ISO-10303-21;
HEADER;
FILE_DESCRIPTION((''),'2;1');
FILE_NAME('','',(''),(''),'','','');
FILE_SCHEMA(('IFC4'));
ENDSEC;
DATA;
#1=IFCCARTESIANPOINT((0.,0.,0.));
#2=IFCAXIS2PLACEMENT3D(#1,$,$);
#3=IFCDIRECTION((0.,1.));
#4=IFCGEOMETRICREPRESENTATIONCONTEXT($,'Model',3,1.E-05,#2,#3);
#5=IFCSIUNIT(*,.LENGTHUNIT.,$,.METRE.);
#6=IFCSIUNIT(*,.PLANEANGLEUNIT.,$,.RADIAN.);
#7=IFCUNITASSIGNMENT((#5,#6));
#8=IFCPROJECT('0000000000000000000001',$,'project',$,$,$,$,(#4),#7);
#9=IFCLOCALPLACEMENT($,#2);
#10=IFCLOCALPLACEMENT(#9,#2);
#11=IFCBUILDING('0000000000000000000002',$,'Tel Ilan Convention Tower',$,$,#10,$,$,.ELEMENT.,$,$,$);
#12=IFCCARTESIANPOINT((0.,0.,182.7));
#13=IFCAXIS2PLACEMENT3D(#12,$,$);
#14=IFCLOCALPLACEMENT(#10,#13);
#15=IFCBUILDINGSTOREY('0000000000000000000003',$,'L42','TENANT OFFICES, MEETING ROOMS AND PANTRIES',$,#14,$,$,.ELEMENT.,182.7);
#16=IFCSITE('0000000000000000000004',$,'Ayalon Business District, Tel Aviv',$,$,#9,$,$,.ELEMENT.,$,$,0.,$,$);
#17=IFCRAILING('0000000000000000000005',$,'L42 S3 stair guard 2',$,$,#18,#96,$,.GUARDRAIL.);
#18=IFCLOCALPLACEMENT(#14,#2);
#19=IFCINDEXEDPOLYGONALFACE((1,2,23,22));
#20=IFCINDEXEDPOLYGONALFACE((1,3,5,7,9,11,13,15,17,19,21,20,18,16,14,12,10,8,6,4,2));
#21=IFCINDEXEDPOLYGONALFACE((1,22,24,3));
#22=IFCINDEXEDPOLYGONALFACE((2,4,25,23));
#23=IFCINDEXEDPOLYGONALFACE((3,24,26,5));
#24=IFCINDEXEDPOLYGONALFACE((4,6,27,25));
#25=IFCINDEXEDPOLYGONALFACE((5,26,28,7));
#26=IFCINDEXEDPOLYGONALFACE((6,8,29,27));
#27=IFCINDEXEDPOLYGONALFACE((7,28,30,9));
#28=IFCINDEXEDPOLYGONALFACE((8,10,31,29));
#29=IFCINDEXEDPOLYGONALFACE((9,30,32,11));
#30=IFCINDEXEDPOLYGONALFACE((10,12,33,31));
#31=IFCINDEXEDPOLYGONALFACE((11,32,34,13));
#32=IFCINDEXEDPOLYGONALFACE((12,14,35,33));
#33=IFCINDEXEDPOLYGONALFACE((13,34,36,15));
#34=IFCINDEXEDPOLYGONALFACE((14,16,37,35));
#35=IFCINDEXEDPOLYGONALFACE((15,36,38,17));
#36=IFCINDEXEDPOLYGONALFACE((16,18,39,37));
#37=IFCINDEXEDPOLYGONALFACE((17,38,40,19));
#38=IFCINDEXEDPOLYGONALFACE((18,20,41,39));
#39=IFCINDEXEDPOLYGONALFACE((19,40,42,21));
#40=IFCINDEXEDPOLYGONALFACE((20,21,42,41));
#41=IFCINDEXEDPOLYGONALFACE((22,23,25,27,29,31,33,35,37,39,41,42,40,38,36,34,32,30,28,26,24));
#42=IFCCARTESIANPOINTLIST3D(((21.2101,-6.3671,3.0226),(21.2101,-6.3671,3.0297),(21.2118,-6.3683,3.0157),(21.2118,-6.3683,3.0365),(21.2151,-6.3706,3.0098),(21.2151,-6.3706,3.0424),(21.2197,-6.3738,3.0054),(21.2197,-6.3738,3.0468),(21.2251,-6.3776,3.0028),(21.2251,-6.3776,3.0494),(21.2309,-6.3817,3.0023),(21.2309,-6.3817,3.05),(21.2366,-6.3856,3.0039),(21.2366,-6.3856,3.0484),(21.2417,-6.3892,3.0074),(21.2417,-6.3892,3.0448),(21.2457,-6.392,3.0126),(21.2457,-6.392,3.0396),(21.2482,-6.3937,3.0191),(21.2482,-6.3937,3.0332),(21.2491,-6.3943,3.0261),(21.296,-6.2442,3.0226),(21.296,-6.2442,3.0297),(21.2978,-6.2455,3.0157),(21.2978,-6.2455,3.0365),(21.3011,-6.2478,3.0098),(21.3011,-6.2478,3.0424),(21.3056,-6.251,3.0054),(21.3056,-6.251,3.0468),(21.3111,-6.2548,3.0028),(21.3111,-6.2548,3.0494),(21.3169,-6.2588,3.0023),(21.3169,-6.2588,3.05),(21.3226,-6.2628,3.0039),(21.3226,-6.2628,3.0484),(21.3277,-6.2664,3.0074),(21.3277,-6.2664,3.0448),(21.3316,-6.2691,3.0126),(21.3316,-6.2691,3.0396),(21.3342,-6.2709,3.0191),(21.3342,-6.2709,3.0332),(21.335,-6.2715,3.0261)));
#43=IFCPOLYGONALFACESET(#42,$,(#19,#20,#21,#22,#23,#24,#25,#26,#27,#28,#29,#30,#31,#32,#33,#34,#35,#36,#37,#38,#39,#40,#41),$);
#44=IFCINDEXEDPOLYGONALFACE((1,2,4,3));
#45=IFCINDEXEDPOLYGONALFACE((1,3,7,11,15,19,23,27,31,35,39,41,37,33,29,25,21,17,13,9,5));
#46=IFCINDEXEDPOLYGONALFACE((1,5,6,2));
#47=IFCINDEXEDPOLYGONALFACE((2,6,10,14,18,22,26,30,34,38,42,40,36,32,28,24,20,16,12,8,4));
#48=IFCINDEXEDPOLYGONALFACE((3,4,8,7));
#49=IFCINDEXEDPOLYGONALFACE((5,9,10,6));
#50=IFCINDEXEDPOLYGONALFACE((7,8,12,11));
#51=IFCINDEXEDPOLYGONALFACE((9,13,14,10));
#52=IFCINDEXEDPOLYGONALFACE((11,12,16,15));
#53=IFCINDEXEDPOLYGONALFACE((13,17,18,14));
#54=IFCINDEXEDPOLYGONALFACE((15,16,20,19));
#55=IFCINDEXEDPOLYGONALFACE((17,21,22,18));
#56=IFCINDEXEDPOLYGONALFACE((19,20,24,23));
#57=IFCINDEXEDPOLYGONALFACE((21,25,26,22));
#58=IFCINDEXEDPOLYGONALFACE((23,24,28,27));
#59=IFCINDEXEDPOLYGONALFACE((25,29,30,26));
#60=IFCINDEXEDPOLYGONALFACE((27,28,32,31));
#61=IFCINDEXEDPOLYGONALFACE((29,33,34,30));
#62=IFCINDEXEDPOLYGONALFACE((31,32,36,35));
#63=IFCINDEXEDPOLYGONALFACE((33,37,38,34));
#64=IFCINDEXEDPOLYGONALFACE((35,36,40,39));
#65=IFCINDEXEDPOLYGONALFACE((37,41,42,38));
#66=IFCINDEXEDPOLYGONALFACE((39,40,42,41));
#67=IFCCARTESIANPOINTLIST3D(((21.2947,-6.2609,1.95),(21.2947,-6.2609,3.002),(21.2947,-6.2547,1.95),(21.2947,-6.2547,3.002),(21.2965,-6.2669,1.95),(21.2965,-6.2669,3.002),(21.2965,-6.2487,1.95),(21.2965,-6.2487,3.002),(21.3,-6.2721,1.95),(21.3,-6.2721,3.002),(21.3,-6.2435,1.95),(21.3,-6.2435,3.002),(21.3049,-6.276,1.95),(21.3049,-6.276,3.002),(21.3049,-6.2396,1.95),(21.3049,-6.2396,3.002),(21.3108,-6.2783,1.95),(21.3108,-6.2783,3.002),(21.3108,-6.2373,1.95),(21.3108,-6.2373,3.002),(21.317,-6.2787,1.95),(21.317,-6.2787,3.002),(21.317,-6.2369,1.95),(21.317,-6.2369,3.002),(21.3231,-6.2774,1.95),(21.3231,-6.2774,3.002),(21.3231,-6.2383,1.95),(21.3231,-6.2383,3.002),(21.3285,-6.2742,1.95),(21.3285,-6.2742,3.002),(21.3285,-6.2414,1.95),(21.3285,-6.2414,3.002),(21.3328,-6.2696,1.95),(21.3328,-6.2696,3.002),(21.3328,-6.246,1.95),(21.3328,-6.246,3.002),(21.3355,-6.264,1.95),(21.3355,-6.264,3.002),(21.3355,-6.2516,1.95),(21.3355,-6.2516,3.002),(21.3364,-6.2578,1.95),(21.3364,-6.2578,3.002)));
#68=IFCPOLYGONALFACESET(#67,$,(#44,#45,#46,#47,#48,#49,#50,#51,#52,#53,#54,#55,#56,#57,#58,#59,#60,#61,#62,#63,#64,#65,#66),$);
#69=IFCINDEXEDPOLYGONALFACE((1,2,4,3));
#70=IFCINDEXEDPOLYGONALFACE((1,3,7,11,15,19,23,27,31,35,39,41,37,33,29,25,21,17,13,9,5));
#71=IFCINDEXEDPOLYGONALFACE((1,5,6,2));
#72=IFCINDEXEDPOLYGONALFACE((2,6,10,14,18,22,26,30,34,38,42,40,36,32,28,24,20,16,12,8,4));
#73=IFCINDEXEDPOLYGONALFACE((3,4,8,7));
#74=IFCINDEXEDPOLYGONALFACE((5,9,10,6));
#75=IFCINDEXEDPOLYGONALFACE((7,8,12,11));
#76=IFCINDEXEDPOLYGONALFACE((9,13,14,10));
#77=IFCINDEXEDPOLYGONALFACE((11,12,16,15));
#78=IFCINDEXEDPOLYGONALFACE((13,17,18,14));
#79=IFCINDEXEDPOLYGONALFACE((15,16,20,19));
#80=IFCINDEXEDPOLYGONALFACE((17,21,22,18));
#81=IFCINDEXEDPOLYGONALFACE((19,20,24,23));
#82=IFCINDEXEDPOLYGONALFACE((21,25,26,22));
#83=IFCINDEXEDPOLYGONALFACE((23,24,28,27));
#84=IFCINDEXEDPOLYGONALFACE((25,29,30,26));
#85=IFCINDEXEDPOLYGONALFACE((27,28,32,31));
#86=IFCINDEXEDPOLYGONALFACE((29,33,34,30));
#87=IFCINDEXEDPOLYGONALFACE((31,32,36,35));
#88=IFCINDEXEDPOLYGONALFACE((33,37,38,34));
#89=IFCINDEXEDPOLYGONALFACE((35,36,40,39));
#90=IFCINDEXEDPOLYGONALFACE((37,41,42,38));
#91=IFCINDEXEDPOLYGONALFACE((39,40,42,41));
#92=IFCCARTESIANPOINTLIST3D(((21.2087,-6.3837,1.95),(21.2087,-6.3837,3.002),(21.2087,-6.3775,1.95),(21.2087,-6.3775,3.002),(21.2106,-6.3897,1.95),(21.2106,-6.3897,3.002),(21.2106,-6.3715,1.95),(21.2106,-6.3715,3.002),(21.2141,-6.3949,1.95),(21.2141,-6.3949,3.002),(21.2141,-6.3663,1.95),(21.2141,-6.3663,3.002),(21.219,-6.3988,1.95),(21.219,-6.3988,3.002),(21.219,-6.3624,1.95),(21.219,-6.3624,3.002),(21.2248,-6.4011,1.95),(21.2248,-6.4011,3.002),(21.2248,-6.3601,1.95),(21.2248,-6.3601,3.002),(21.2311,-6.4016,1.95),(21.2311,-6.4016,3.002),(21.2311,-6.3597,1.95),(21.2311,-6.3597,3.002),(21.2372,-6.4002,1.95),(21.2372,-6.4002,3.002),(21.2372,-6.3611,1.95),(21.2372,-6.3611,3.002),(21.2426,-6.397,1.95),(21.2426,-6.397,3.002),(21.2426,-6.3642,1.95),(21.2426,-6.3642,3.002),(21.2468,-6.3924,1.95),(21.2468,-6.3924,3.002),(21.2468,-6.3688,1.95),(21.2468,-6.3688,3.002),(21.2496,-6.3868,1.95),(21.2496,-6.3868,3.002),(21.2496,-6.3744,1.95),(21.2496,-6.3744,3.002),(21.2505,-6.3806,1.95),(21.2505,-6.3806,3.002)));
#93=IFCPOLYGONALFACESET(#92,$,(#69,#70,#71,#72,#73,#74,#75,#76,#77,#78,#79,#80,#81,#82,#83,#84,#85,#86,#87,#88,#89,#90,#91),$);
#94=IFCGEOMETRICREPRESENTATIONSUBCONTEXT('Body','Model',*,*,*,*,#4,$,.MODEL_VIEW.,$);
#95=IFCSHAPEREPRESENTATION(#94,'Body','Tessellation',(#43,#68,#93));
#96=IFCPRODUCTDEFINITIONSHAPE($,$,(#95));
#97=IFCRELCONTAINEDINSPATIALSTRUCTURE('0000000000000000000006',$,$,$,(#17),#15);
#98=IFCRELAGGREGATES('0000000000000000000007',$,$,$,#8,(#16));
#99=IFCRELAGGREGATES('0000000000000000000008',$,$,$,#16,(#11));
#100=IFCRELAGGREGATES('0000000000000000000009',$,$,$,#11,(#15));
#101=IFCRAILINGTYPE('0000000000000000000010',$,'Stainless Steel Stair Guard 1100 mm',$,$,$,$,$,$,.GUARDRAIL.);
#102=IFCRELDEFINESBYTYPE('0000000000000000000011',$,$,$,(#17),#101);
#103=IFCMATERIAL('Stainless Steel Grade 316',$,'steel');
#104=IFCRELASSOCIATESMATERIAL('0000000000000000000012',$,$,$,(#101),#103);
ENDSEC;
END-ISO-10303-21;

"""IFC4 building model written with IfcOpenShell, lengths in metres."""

from ifc_helpers import new_model, si_unit, direction, frame, origin, origin_2d, place, context, subcontext, project, spatial, circle, extrude, material, type_object, element, save


model = new_model("IFC4")

# Units and contexts
model_context = context("Model", 3, precision=1e-05, world=origin(), true_north=direction((0.0, 1.0)))
body_context = subcontext(model_context, "Body", "Model", "MODEL_VIEW")
ifc_project = project(units=[si_unit("LENGTHUNIT", "METRE"), si_unit("PLANEANGLEUNIT", "RADIAN")], contexts=[model_context])

# Site, building, storey
site_placement = place(None, origin())
site = spatial("IfcSite", under=ifc_project, at=site_placement, Name="Ayalon Business District, Tel Aviv", CompositionType="ELEMENT", RefElevation=0.0)
building_placement = place(site_placement, origin())
building = spatial("IfcBuilding", under=site, at=building_placement, Name="Tel Ilan Convention Tower", CompositionType="ELEMENT")
storey_placement = place(building_placement, frame((0.0, 0.0, 182.7)))
storey = spatial("IfcBuildingStorey", under=building, at=storey_placement, Name="L42", Description="TENANT OFFICES, MEETING ROOMS AND PANTRIES", CompositionType="ELEMENT", Elevation=182.7)

# Railing
ifc_material_1 = material(Name="Stainless Steel Grade 316", Category="steel")
railing_type_1 = type_object("IfcRailingType", Name="Stainless Steel Stair Guard 1100 mm", PredefinedType="GUARDRAIL", material=ifc_material_1)
railing_1_placement = place(storey_placement, frame((21.3154, -6.2578, 1.95)))
element("IfcRailing", 1, at=railing_1_placement, inside=storey, type_object=railing_type_1, Name="L42 S3 stair guard 2", PredefinedType="GUARDRAIL", context=body_context, shape_type="SweptSolid", body=[
    extrude(circle(Radius=0.0239, at=origin_2d()), frame((0.0, 0.0, 1.0762), z_axis=(-0.573353, -0.819308, 0.0), x_axis=(0.819308, -0.573353, 0.0)), (0.0, 0.0, 1.0), 0.1499),
    extrude(circle(Radius=0.021, at=origin_2d()), origin(), (0.0, 0.0, 1.0), 1.052),
    extrude(circle(Radius=0.021, at=origin_2d()), frame((-0.0859, -0.1228, 0.0)), (0.0, 0.0, 1.0), 1.052),
])

save(model, "model.ifc")
